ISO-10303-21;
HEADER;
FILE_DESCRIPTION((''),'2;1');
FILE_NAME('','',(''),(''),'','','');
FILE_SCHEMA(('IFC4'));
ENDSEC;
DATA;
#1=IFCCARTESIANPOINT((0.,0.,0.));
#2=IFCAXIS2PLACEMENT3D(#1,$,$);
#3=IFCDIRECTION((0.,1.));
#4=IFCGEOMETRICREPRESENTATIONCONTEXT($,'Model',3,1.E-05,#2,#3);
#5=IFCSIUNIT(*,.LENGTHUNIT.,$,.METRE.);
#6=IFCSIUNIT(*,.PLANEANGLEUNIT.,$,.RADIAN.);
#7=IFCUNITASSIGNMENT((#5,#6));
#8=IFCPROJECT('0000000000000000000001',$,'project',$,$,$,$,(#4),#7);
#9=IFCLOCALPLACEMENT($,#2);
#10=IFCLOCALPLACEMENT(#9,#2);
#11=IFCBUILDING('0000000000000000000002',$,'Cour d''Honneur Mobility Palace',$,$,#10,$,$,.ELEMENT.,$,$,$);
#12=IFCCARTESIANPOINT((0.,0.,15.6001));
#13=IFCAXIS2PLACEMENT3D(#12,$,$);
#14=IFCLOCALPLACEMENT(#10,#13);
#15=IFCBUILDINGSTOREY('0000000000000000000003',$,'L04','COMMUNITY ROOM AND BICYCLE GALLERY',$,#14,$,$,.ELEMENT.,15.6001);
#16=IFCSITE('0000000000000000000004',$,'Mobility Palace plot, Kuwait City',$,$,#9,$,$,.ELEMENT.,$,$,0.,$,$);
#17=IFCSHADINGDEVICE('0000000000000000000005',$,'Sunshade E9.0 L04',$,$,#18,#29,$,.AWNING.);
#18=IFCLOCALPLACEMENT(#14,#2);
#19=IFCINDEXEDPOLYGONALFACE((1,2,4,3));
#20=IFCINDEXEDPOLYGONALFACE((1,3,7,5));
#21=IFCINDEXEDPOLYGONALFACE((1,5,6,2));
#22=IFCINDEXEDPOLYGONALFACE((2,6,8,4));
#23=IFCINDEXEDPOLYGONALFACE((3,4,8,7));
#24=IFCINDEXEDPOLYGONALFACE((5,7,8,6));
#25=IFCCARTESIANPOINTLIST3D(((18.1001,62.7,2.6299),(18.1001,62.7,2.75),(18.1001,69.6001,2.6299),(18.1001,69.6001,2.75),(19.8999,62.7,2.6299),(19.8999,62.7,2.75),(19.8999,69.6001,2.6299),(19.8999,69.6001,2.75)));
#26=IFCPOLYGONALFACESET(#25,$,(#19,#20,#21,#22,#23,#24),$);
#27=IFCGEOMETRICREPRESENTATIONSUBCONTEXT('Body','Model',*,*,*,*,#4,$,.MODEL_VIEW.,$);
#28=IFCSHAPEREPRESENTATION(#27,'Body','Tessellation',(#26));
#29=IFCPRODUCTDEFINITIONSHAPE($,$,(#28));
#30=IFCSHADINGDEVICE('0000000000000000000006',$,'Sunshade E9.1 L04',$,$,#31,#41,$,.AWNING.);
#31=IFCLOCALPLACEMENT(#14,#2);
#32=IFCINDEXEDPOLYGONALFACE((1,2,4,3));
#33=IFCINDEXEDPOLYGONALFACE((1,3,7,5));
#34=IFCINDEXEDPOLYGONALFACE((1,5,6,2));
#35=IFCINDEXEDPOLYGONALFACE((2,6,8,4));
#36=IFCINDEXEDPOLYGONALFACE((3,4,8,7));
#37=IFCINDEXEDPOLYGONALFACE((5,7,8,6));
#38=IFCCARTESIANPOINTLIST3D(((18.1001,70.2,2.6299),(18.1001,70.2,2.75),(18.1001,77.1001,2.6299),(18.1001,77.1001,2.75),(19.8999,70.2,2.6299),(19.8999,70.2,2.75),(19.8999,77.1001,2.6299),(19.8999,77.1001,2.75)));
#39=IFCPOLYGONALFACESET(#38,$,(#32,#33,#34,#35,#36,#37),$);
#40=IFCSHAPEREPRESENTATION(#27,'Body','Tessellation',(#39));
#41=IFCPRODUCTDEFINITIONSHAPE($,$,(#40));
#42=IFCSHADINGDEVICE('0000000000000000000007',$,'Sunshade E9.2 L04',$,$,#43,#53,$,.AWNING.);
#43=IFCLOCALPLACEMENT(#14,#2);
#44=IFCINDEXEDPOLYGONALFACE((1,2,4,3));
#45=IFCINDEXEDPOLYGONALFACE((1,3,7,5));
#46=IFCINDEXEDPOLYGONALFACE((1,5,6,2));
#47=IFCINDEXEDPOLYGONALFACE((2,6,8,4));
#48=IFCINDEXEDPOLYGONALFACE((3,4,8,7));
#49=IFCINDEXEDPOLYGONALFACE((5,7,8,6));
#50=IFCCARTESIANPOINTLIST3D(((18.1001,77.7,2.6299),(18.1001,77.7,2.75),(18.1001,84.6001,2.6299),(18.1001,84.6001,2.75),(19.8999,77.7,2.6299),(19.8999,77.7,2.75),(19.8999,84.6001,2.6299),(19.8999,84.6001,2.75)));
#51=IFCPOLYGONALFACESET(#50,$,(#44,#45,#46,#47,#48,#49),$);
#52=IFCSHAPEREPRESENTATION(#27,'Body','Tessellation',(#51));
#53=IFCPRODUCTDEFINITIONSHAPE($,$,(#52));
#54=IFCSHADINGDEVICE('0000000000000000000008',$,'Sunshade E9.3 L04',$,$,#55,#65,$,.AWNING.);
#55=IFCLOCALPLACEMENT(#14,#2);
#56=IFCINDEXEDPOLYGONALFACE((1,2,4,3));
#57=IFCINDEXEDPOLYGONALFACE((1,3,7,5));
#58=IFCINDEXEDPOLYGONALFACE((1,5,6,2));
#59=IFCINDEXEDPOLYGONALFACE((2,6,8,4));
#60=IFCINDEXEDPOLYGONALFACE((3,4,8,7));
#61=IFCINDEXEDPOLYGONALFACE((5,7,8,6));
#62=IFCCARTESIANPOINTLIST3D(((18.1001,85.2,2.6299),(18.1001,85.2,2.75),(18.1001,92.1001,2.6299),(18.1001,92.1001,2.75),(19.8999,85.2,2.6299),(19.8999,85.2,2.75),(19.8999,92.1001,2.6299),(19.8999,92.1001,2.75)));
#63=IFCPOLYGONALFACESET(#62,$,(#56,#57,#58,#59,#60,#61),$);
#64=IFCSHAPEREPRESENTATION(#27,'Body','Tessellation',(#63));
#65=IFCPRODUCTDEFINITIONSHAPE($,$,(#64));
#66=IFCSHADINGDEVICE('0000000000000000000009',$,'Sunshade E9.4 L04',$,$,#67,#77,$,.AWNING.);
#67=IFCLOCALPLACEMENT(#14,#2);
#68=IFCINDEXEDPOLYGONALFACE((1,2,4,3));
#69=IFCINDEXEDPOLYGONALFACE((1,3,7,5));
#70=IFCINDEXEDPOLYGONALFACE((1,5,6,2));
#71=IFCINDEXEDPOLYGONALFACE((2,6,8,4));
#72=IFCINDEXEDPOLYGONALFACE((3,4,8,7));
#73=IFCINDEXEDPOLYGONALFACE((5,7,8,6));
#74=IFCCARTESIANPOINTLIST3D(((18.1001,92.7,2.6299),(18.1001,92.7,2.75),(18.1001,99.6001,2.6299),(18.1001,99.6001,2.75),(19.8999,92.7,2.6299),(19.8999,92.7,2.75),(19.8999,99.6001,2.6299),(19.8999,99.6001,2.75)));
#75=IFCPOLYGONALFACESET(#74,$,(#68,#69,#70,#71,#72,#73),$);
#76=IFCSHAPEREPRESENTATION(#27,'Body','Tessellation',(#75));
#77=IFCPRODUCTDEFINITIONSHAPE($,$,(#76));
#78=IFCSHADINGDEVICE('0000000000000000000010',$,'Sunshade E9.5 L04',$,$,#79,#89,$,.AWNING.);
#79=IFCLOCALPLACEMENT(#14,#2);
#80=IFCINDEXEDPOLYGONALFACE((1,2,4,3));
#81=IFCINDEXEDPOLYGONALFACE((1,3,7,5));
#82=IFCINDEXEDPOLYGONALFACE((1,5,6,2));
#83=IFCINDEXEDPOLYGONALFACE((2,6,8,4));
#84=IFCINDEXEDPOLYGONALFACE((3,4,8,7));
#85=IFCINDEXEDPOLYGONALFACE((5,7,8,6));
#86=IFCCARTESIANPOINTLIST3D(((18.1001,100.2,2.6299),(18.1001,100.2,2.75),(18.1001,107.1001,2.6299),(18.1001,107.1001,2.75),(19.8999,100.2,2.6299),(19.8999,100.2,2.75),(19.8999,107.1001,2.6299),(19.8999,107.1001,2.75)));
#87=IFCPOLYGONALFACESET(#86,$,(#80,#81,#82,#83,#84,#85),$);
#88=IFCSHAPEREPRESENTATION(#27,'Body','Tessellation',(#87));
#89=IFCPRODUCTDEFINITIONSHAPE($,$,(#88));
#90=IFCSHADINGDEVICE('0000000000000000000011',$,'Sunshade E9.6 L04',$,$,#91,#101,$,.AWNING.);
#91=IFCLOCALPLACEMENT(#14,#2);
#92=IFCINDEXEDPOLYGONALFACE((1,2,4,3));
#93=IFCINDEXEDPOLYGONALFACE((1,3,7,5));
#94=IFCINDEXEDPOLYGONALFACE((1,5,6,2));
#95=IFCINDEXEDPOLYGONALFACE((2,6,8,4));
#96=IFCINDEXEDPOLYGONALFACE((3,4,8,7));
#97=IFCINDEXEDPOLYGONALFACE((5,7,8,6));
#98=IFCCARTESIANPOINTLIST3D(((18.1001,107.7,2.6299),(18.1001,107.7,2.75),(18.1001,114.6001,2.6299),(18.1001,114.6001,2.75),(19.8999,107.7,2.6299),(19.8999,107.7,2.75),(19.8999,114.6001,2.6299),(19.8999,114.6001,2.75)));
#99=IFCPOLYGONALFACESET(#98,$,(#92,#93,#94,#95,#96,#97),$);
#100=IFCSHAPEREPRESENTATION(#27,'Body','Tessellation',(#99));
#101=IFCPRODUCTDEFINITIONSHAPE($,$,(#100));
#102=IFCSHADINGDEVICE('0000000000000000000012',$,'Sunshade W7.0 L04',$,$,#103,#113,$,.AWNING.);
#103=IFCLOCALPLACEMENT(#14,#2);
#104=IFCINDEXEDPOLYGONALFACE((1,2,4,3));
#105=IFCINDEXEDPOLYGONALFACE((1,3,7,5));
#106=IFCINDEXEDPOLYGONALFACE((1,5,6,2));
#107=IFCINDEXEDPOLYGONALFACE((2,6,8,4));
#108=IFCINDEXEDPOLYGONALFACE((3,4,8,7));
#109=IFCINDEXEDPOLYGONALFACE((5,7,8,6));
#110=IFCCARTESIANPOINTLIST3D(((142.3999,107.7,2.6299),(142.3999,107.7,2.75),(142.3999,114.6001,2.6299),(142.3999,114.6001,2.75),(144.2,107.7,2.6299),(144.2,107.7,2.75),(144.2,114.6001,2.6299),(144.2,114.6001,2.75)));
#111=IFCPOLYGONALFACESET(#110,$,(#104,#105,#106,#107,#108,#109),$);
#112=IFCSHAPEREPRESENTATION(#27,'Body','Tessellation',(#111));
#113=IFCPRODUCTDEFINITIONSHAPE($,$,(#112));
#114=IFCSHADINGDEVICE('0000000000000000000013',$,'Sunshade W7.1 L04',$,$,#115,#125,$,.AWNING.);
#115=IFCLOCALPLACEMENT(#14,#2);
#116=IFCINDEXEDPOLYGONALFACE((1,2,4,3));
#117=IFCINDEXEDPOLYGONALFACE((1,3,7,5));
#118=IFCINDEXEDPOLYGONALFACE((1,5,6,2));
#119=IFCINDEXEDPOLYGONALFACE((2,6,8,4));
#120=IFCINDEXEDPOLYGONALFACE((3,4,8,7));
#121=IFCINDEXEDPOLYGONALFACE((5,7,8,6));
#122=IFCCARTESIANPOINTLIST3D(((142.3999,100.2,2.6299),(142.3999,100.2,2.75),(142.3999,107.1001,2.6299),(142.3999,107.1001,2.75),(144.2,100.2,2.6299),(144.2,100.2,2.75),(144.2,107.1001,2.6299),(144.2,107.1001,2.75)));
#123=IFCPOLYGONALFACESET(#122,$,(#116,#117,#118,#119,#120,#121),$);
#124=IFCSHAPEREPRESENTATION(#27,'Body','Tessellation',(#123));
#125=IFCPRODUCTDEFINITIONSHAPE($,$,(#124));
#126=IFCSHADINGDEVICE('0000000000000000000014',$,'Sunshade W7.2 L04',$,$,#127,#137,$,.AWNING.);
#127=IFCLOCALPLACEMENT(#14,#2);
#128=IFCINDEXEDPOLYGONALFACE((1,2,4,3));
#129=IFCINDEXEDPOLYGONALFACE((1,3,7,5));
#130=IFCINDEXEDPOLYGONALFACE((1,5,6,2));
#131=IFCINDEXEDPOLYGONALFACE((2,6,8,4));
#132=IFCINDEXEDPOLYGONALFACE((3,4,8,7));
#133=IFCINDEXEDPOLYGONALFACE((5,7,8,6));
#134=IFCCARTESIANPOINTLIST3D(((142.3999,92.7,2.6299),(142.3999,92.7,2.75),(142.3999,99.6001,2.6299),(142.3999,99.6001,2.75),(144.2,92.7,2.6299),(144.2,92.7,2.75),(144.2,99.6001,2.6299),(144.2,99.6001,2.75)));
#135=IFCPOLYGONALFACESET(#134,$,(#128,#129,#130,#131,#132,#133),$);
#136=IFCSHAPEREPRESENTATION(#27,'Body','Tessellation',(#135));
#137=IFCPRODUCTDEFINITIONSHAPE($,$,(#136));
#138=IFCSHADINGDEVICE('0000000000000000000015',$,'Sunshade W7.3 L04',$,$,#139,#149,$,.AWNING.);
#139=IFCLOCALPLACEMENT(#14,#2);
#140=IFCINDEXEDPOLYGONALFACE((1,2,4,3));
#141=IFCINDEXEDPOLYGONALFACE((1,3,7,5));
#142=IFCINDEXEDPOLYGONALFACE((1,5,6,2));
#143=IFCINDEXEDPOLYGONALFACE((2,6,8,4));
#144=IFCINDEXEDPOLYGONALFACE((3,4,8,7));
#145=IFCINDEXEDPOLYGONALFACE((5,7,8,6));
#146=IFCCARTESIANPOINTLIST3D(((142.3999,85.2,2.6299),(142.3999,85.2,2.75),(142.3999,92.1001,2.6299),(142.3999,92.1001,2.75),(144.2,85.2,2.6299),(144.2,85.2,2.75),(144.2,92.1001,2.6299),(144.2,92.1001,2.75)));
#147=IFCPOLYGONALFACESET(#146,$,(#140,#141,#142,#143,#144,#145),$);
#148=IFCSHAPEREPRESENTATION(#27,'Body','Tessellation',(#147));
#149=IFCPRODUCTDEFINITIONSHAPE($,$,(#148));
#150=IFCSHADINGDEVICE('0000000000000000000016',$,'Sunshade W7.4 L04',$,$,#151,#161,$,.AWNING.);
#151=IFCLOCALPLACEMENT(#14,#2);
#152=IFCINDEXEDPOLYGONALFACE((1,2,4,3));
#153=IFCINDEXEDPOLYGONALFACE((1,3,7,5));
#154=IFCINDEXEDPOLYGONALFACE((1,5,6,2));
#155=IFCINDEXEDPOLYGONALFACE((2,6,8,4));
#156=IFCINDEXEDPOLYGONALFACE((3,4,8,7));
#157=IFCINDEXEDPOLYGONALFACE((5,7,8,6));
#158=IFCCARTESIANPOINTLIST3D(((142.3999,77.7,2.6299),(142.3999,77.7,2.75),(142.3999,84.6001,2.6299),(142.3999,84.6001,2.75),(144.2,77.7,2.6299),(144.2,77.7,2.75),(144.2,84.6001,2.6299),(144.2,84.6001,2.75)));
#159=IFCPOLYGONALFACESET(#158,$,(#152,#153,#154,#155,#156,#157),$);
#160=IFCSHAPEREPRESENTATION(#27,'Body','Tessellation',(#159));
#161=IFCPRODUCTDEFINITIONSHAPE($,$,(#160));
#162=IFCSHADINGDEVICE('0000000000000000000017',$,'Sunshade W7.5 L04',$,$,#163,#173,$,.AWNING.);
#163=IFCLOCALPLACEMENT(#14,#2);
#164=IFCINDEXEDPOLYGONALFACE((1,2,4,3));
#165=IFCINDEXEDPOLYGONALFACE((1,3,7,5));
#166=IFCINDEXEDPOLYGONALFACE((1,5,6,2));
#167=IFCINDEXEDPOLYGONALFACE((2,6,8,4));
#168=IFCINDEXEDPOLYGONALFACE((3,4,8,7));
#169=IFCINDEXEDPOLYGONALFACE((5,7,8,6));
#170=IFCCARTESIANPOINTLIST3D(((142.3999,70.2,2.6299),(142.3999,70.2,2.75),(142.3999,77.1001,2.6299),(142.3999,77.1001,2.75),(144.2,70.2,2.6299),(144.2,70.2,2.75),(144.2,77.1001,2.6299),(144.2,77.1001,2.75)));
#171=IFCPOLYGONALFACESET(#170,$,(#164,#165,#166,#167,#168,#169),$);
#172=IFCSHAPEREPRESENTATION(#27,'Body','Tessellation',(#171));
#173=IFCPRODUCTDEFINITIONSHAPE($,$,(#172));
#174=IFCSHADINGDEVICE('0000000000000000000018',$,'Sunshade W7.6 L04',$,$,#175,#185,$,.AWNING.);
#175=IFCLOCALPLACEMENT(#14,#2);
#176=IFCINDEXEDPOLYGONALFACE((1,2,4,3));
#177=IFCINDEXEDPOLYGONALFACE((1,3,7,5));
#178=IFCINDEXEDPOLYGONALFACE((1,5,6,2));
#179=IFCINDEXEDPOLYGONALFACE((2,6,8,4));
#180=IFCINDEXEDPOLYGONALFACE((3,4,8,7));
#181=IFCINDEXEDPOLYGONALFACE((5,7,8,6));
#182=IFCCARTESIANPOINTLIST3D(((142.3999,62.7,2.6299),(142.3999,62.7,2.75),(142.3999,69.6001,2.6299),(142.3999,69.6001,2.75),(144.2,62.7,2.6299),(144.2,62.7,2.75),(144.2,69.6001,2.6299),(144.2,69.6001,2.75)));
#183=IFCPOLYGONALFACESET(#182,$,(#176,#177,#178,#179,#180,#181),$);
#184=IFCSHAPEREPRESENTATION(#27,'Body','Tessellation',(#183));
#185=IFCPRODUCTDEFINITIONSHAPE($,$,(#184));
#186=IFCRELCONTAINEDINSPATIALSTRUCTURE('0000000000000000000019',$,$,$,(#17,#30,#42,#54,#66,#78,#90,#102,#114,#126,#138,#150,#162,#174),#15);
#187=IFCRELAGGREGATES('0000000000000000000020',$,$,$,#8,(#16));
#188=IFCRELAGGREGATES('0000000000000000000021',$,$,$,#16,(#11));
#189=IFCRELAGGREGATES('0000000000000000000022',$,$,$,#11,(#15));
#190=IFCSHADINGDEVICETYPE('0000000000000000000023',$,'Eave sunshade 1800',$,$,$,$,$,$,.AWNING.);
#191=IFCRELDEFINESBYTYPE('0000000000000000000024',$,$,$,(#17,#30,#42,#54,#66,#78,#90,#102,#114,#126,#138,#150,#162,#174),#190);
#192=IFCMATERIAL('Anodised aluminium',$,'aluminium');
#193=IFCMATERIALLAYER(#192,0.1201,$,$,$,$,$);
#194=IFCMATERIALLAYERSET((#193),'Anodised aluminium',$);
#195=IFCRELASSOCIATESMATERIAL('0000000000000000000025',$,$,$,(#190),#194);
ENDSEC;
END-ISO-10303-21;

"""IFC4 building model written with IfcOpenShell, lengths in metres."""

from ifc_helpers import new_model, si_unit, direction, frame, origin, place, context, subcontext, project, spatial, polyline, outline, extrude, material, layer, layer_set, type_object, element, save


model = new_model("IFC4")

# Units and contexts
model_context = context("Model", 3, precision=1e-05, world=origin(), true_north=direction((0.0, 1.0)))
body_context = subcontext(model_context, "Body", "Model", "MODEL_VIEW")
ifc_project = project(units=[si_unit("LENGTHUNIT", "METRE"), si_unit("PLANEANGLEUNIT", "RADIAN")], contexts=[model_context])

# Site, building, storey
site_placement = place(None, origin())
site = spatial("IfcSite", under=ifc_project, at=site_placement, Name="Mobility Palace plot, Kuwait City", CompositionType="ELEMENT", RefElevation=0.0)
building_placement = place(site_placement, origin())
building = spatial("IfcBuilding", under=site, at=building_placement, Name="Cour d'Honneur Mobility Palace", CompositionType="ELEMENT")
storey_placement = place(building_placement, frame((0.0, 0.0, 15.6001)))
storey = spatial("IfcBuildingStorey", under=building, at=storey_placement, Name="L04", Description="COMMUNITY ROOM AND BICYCLE GALLERY", CompositionType="ELEMENT", Elevation=15.6001)

# Shading devices
ifc_material_1 = material(Name="Anodised aluminium", Category="aluminium")
ifc_layer_1 = layer(ifc_material_1, 0.1201)
ifc_layer_set_1 = layer_set([ifc_layer_1], Name="Anodised aluminium")
shading_device_type = type_object("IfcShadingDeviceType", Name="Eave sunshade 1800", PredefinedType="AWNING", material=ifc_layer_set_1)
shading_device_1_placement = place(storey_placement, frame((0.0, 0.0, 2.6299)))
element("IfcShadingDevice", 1, at=shading_device_1_placement, inside=storey, type_object=shading_device_type, Name="Sunshade E9.0 L04", PredefinedType="AWNING", context=body_context, shape_type="SweptSolid", body=[
    extrude(outline(polyline([(18.1001, 62.7), (18.1001, 69.6001), (19.8999, 69.6001), (19.8999, 62.7), (18.1001, 62.7)])), origin(), (0.0, 0.0, 1.0), 0.1201),
])
shading_device_2_placement = place(storey_placement, frame((0.0, 0.0, 2.6299)))
element("IfcShadingDevice", 2, at=shading_device_2_placement, inside=storey, type_object=shading_device_type, Name="Sunshade E9.1 L04", PredefinedType="AWNING", context=body_context, shape_type="SweptSolid", body=[
    extrude(outline(polyline([(18.1001, 70.2), (18.1001, 77.1001), (19.8999, 77.1001), (19.8999, 70.2), (18.1001, 70.2)])), origin(), (0.0, 0.0, 1.0), 0.1201),
])
shading_device_3_placement = place(storey_placement, frame((0.0, 0.0, 2.6299)))
element("IfcShadingDevice", 3, at=shading_device_3_placement, inside=storey, type_object=shading_device_type, Name="Sunshade E9.2 L04", PredefinedType="AWNING", context=body_context, shape_type="SweptSolid", body=[
    extrude(outline(polyline([(18.1001, 77.7), (18.1001, 84.6001), (19.8999, 84.6001), (19.8999, 77.7), (18.1001, 77.7)])), origin(), (0.0, 0.0, 1.0), 0.1201),
])
shading_device_4_placement = place(storey_placement, frame((0.0, 0.0, 2.6299)))
element("IfcShadingDevice", 4, at=shading_device_4_placement, inside=storey, type_object=shading_device_type, Name="Sunshade E9.3 L04", PredefinedType="AWNING", context=body_context, shape_type="SweptSolid", body=[
    extrude(outline(polyline([(18.1001, 85.2), (18.1001, 92.1001), (19.8999, 92.1001), (19.8999, 85.2), (18.1001, 85.2)])), origin(), (0.0, 0.0, 1.0), 0.1201),
])
shading_device_5_placement = place(storey_placement, frame((0.0, 0.0, 2.6299)))
element("IfcShadingDevice", 5, at=shading_device_5_placement, inside=storey, type_object=shading_device_type, Name="Sunshade E9.4 L04", PredefinedType="AWNING", context=body_context, shape_type="SweptSolid", body=[
    extrude(outline(polyline([(18.1001, 92.7), (18.1001, 99.6001), (19.8999, 99.6001), (19.8999, 92.7), (18.1001, 92.7)])), origin(), (0.0, 0.0, 1.0), 0.1201),
])
shading_device_6_placement = place(storey_placement, frame((0.0, 0.0, 2.6299)))
element("IfcShadingDevice", 6, at=shading_device_6_placement, inside=storey, type_object=shading_device_type, Name="Sunshade E9.5 L04", PredefinedType="AWNING", context=body_context, shape_type="SweptSolid", body=[
    extrude(outline(polyline([(18.1001, 100.2), (18.1001, 107.1001), (19.8999, 107.1001), (19.8999, 100.2), (18.1001, 100.2)])), origin(), (0.0, 0.0, 1.0), 0.1201),
])
shading_device_7_placement = place(storey_placement, frame((0.0, 0.0, 2.6299)))
element("IfcShadingDevice", 7, at=shading_device_7_placement, inside=storey, type_object=shading_device_type, Name="Sunshade E9.6 L04", PredefinedType="AWNING", context=body_context, shape_type="SweptSolid", body=[
    extrude(outline(polyline([(18.1001, 107.7), (18.1001, 114.6001), (19.8999, 114.6001), (19.8999, 107.7), (18.1001, 107.7)])), origin(), (0.0, 0.0, 1.0), 0.1201),
])
shading_device_8_placement = place(storey_placement, frame((0.0, 0.0, 2.6299)))
element("IfcShadingDevice", 8, at=shading_device_8_placement, inside=storey, type_object=shading_device_type, Name="Sunshade W7.0 L04", PredefinedType="AWNING", context=body_context, shape_type="SweptSolid", body=[
    extrude(outline(polyline([(144.2, 114.6001), (144.2, 107.7), (142.3999, 107.7), (142.3999, 114.6001), (144.2, 114.6001)])), origin(), (0.0, 0.0, 1.0), 0.1201),
])
shading_device_9_placement = place(storey_placement, frame((0.0, 0.0, 2.6299)))
element("IfcShadingDevice", 9, at=shading_device_9_placement, inside=storey, type_object=shading_device_type, Name="Sunshade W7.1 L04", PredefinedType="AWNING", context=body_context, shape_type="SweptSolid", body=[
    extrude(outline(polyline([(144.2, 107.1001), (144.2, 100.2), (142.3999, 100.2), (142.3999, 107.1001), (144.2, 107.1001)])), origin(), (0.0, 0.0, 1.0), 0.1201),
])
shading_device_10_placement = place(storey_placement, frame((0.0, 0.0, 2.6299)))
element("IfcShadingDevice", 10, at=shading_device_10_placement, inside=storey, type_object=shading_device_type, Name="Sunshade W7.2 L04", PredefinedType="AWNING", context=body_context, shape_type="SweptSolid", body=[
    extrude(outline(polyline([(144.2, 99.6001), (144.2, 92.7), (142.3999, 92.7), (142.3999, 99.6001), (144.2, 99.6001)])), origin(), (0.0, 0.0, 1.0), 0.1201),
])
shading_device_11_placement = place(storey_placement, frame((0.0, 0.0, 2.6299)))
element("IfcShadingDevice", 11, at=shading_device_11_placement, inside=storey, type_object=shading_device_type, Name="Sunshade W7.3 L04", PredefinedType="AWNING", context=body_context, shape_type="SweptSolid", body=[
    extrude(outline(polyline([(144.2, 92.1001), (144.2, 85.2), (142.3999, 85.2), (142.3999, 92.1001), (144.2, 92.1001)])), origin(), (0.0, 0.0, 1.0), 0.1201),
])
shading_device_12_placement = place(storey_placement, frame((0.0, 0.0, 2.6299)))
element("IfcShadingDevice", 12, at=shading_device_12_placement, inside=storey, type_object=shading_device_type, Name="Sunshade W7.4 L04", PredefinedType="AWNING", context=body_context, shape_type="SweptSolid", body=[
    extrude(outline(polyline([(144.2, 84.6001), (144.2, 77.7), (142.3999, 77.7), (142.3999, 84.6001), (144.2, 84.6001)])), origin(), (0.0, 0.0, 1.0), 0.1201),
])
shading_device_13_placement = place(storey_placement, frame((0.0, 0.0, 2.6299)))
element("IfcShadingDevice", 13, at=shading_device_13_placement, inside=storey, type_object=shading_device_type, Name="Sunshade W7.5 L04", PredefinedType="AWNING", context=body_context, shape_type="SweptSolid", body=[
    extrude(outline(polyline([(144.2, 77.1001), (144.2, 70.2), (142.3999, 70.2), (142.3999, 77.1001), (144.2, 77.1001)])), origin(), (0.0, 0.0, 1.0), 0.1201),
])
shading_device_14_placement = place(storey_placement, frame((0.0, 0.0, 2.6299)))
element("IfcShadingDevice", 14, at=shading_device_14_placement, inside=storey, type_object=shading_device_type, Name="Sunshade W7.6 L04", PredefinedType="AWNING", context=body_context, shape_type="SweptSolid", body=[
    extrude(outline(polyline([(144.2, 69.6001), (144.2, 62.7), (142.3999, 62.7), (142.3999, 69.6001), (144.2, 69.6001)])), origin(), (0.0, 0.0, 1.0), 0.1201),
])

save(model, "model.ifc")
